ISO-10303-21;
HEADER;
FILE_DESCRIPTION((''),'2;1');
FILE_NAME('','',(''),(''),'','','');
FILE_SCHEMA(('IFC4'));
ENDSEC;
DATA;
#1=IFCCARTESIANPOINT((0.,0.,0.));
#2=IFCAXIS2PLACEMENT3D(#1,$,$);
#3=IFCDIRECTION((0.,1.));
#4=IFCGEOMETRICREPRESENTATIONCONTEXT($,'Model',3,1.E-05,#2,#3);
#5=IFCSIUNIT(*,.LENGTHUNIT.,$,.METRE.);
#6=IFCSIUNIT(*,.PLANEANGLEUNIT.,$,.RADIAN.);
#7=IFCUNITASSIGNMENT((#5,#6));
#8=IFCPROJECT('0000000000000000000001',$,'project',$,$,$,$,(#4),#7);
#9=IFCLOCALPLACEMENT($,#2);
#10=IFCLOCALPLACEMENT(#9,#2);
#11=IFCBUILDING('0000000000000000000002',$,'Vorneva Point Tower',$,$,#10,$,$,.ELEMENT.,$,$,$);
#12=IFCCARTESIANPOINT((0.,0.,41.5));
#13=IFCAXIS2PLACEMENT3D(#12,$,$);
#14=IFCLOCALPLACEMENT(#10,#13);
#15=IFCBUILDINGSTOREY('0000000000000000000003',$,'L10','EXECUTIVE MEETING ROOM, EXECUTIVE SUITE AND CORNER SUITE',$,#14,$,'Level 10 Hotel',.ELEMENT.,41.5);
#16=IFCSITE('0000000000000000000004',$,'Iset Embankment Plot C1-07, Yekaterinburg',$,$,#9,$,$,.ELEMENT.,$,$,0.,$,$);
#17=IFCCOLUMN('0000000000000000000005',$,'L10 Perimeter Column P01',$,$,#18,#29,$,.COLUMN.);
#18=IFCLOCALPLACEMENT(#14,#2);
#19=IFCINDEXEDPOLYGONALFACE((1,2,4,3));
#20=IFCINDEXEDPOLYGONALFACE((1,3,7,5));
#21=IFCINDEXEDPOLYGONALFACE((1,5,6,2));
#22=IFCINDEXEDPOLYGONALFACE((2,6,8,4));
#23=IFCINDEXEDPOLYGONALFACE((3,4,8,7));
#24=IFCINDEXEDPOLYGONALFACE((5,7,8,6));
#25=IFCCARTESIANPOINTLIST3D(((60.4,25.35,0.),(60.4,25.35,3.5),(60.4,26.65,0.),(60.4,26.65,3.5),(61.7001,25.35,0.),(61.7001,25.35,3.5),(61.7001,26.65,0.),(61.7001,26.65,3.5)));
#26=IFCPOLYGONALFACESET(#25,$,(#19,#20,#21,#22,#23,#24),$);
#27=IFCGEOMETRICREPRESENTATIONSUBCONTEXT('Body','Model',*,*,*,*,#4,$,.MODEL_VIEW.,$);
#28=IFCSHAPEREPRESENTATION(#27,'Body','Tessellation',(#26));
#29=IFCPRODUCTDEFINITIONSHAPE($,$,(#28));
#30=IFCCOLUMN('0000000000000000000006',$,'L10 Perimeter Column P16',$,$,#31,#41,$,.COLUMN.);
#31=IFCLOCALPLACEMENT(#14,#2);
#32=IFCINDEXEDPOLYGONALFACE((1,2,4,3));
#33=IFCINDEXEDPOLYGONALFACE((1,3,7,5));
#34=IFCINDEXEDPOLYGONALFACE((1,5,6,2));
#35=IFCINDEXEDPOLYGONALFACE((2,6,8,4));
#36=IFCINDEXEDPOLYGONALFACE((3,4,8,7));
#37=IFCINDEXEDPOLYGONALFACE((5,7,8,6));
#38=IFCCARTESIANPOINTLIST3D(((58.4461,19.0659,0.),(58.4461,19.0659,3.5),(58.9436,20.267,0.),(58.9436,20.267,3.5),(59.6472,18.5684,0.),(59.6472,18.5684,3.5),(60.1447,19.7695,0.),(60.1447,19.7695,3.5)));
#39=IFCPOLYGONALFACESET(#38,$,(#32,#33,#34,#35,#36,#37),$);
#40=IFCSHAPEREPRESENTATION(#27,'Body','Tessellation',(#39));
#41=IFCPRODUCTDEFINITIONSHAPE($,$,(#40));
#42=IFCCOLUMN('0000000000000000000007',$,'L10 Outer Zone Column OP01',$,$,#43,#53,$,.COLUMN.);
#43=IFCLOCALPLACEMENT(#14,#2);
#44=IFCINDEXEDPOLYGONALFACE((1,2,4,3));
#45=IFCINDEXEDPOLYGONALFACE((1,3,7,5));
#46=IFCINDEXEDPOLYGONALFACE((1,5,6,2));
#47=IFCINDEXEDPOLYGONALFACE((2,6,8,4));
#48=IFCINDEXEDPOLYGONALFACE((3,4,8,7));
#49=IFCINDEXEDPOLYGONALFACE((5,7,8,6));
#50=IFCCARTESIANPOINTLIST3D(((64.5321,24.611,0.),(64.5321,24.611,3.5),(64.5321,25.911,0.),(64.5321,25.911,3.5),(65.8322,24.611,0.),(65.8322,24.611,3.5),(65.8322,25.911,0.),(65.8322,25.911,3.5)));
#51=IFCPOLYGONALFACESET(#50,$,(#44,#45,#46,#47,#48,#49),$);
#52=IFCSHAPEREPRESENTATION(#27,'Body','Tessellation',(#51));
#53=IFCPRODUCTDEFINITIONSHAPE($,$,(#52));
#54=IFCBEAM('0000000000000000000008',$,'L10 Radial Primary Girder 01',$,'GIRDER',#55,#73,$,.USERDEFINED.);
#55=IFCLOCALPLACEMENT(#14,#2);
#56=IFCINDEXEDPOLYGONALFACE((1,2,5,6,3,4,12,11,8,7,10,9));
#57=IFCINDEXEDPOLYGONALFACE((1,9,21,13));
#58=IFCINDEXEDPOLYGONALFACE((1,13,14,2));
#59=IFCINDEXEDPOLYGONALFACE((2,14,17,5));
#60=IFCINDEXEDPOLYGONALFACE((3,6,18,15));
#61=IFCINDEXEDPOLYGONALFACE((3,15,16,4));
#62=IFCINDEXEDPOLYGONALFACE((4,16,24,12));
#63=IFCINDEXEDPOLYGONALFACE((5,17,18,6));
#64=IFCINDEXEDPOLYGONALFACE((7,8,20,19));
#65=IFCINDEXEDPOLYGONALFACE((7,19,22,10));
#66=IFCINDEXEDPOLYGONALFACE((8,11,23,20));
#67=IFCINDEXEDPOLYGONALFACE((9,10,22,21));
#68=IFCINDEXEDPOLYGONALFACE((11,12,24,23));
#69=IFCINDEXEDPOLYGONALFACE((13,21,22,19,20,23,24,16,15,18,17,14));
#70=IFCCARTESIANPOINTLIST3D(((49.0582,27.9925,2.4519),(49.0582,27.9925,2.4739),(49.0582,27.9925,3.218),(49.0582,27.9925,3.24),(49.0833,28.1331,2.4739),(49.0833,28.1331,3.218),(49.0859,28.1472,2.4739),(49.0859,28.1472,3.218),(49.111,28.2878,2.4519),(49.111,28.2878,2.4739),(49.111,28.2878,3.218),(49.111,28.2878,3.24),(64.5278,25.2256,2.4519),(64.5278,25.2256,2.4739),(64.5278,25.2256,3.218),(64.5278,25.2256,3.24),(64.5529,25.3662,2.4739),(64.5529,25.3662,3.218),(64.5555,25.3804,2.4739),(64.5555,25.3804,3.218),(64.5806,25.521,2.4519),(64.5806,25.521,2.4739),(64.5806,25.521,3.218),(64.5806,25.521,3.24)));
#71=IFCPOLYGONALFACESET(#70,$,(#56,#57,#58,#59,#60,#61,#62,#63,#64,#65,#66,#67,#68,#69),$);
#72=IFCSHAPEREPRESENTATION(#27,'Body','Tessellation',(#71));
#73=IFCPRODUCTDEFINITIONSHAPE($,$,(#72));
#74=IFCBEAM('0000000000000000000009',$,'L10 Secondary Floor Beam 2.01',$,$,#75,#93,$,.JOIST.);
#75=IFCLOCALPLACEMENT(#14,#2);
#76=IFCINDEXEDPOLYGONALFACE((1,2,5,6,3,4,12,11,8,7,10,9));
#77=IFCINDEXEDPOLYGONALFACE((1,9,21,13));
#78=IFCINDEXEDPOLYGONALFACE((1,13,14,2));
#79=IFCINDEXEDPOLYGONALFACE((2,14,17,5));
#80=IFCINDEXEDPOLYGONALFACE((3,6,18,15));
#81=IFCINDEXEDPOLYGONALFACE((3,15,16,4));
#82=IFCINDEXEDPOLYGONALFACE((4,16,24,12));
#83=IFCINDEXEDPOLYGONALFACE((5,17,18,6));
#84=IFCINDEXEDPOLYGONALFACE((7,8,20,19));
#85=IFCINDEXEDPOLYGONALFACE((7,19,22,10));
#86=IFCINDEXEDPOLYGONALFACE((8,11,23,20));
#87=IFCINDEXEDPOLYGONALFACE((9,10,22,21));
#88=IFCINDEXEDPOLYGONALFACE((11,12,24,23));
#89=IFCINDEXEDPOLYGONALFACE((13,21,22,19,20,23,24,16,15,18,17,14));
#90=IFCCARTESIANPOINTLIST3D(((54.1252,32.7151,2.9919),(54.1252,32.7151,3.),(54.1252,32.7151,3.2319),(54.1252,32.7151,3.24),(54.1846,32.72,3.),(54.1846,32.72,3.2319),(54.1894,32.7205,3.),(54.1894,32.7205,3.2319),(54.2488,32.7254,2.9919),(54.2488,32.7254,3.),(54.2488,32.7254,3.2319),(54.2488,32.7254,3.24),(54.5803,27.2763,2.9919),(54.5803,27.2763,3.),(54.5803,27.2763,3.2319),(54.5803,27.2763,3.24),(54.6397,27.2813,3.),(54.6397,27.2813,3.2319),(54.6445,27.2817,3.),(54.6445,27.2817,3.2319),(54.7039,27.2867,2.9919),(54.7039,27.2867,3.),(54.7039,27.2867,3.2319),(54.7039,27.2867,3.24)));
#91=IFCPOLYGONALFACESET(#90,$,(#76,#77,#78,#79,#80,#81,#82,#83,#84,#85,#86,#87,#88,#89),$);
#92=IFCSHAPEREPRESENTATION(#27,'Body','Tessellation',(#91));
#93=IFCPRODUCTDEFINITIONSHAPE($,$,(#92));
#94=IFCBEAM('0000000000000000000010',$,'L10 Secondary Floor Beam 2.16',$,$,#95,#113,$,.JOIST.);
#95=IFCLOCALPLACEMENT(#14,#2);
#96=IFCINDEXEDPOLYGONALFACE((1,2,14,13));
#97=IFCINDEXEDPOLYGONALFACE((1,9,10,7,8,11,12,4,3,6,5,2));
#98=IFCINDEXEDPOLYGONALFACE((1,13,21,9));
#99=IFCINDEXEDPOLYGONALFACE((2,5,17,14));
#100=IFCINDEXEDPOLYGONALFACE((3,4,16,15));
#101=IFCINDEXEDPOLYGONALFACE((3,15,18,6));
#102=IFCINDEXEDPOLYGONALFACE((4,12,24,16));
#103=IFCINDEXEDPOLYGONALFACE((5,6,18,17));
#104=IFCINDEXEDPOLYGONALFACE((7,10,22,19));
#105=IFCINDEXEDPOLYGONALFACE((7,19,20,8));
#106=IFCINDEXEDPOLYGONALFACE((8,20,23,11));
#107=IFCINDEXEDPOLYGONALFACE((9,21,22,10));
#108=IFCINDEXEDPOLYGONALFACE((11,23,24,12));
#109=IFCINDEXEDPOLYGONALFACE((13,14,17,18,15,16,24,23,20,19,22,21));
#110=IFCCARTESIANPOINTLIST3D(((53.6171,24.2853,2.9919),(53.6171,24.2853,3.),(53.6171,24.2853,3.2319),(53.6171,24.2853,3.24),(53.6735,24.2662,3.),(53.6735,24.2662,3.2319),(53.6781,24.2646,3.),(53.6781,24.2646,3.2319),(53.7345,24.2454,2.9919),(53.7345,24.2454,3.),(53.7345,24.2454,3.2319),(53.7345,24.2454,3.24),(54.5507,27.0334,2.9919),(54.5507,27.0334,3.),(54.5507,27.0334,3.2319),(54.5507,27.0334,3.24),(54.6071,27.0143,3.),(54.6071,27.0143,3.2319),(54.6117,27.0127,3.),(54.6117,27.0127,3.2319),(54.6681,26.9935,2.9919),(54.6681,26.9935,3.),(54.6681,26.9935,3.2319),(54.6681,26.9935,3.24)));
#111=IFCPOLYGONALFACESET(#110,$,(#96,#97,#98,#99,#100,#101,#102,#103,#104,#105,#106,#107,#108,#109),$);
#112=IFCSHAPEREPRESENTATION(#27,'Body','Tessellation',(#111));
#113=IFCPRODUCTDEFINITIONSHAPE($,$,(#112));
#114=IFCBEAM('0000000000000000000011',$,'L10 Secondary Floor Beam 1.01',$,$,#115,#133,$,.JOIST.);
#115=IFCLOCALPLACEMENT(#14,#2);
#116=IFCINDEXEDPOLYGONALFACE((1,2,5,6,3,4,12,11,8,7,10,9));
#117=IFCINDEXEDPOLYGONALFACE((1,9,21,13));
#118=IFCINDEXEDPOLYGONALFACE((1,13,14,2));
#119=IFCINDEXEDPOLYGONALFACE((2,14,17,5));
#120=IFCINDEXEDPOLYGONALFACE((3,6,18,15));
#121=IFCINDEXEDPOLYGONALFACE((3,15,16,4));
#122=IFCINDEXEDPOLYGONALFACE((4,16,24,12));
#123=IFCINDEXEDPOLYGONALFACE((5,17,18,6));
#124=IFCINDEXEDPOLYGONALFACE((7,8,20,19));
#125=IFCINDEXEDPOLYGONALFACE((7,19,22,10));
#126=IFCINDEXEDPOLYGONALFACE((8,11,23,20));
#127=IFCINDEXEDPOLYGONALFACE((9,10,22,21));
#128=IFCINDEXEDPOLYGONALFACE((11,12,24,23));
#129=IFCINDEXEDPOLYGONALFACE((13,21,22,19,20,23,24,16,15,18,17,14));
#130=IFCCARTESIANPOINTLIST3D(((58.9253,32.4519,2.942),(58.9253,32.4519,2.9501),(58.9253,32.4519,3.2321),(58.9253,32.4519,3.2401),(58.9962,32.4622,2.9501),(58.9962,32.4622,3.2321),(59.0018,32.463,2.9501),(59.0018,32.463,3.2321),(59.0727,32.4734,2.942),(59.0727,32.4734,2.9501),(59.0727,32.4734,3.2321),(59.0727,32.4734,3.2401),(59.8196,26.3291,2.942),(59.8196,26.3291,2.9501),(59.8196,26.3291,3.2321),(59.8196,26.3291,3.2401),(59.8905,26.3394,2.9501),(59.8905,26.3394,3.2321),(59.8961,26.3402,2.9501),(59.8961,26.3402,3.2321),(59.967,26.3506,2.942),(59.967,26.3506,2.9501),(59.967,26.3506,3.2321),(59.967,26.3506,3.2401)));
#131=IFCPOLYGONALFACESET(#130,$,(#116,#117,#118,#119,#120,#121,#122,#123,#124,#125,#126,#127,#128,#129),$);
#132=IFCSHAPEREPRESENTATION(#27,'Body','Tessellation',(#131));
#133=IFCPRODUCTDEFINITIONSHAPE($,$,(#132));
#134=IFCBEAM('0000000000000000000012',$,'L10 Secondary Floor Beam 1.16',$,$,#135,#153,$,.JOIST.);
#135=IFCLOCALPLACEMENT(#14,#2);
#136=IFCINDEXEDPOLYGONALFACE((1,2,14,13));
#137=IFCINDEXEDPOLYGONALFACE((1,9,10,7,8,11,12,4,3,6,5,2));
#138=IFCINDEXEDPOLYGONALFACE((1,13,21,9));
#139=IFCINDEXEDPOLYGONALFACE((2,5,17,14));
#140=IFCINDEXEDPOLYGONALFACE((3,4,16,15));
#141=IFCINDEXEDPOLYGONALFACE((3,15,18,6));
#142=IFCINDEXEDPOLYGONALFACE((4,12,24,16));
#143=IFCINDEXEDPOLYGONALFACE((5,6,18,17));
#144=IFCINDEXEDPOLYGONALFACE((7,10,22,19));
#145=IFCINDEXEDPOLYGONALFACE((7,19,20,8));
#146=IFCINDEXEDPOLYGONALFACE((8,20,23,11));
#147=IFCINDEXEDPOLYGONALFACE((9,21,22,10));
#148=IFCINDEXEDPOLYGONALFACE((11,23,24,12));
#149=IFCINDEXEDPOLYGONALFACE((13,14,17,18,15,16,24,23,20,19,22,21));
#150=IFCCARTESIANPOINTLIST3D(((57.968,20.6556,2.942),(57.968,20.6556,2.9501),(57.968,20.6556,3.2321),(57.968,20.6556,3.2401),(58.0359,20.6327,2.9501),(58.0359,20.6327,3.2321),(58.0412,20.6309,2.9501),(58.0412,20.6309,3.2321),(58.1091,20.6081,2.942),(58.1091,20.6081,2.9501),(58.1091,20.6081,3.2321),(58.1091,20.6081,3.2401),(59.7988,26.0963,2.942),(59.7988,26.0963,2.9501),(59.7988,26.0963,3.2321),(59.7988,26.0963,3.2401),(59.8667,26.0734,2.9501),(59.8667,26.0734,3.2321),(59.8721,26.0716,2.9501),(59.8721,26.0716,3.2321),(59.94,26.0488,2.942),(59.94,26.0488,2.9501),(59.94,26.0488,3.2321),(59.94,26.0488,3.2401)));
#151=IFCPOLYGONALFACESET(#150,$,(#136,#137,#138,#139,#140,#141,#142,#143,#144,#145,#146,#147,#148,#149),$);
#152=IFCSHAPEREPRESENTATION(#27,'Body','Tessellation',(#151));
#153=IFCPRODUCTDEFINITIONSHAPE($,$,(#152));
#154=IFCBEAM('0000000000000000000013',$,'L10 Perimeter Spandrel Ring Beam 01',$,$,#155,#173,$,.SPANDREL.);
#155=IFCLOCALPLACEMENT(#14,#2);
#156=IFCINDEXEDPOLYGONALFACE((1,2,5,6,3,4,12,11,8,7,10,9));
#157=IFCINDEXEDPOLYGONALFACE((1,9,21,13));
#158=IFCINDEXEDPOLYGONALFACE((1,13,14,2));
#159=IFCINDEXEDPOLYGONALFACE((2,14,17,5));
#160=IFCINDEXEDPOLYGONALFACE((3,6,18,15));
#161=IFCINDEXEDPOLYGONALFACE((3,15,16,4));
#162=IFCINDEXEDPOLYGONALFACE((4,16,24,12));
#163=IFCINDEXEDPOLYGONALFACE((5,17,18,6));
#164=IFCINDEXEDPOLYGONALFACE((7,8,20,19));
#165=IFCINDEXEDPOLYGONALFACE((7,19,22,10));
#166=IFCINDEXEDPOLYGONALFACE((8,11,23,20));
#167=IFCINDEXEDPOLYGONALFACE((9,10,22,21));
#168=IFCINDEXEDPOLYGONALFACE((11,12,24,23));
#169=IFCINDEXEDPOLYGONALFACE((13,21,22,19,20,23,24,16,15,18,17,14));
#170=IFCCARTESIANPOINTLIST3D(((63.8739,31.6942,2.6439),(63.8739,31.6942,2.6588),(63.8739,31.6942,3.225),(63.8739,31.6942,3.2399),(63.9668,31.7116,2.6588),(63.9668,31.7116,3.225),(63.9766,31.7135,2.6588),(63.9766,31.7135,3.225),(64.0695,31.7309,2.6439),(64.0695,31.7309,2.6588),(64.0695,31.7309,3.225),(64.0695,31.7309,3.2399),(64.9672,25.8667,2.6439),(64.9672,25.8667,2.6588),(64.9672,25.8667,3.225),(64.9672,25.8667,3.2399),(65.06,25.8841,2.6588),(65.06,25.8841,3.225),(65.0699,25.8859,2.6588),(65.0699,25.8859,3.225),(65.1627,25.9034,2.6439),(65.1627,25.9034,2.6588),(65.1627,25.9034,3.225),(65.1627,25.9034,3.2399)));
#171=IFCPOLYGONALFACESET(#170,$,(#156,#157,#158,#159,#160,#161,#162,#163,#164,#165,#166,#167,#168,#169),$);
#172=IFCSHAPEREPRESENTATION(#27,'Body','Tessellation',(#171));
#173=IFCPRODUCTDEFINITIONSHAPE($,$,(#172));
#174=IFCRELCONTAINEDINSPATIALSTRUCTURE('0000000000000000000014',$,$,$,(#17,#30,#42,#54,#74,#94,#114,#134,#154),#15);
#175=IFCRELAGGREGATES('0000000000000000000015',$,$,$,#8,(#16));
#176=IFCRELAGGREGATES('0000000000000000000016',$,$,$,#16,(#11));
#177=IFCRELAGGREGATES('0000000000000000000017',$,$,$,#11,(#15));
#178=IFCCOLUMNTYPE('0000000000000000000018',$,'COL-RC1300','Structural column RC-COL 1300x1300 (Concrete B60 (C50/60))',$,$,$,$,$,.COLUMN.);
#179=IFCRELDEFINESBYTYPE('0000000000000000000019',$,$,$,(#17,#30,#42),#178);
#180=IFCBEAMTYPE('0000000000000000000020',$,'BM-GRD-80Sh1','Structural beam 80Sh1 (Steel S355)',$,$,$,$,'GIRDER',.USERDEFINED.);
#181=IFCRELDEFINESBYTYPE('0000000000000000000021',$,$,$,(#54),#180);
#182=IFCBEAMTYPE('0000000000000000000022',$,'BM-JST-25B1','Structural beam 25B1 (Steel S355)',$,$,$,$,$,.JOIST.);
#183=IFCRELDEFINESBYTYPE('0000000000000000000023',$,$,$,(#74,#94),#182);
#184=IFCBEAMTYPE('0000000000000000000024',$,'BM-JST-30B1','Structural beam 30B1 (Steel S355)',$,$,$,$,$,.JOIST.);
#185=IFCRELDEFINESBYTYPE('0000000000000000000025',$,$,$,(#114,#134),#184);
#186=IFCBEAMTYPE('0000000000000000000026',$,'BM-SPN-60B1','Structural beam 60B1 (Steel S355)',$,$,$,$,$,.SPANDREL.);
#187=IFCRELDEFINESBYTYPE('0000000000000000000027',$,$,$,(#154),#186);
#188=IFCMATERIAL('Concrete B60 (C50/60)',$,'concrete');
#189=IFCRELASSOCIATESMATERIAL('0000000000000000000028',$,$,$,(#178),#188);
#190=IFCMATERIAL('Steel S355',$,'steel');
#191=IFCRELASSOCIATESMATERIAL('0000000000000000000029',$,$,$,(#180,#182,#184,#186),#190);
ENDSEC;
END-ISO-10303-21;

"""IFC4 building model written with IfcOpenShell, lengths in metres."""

from ifc_helpers import new_model, si_unit, direction, frame, origin, origin_2d, place, context, subcontext, project, spatial, rectangle, i_section, extrude, material, material_profile, profile_set, type_object, element, save


model = new_model("IFC4")

# Units and contexts
model_context = context("Model", 3, precision=1e-05, world=origin(), true_north=direction((0.0, 1.0)))
body_context = subcontext(model_context, "Body", "Model", "MODEL_VIEW")
ifc_project = project(units=[si_unit("LENGTHUNIT", "METRE"), si_unit("PLANEANGLEUNIT", "RADIAN")], contexts=[model_context])

# Site, building, storey
site_placement = place(None, origin())
site = spatial("IfcSite", under=ifc_project, at=site_placement, Name="Iset Embankment Plot C1-07, Yekaterinburg", CompositionType="ELEMENT", RefElevation=0.0)
building_placement = place(site_placement, origin())
building = spatial("IfcBuilding", under=site, at=building_placement, Name="Vorneva Point Tower", CompositionType="ELEMENT")
storey_placement = place(building_placement, frame((0.0, 0.0, 41.5)))
storey = spatial("IfcBuildingStorey", under=building, at=storey_placement, Name="L10", Description="EXECUTIVE MEETING ROOM, EXECUTIVE SUITE AND CORNER SUITE", LongName="Level 10 Hotel", CompositionType="ELEMENT", Elevation=41.5)

# Columns
ifc_material_1 = material(Name="Concrete B60 (C50/60)", Category="concrete")
ifc_material_profile_1 = material_profile(ifc_material_1, rectangle(XDim=1.3, YDim=1.3, at=origin_2d()), Name="RC-COL 1300x1300")
ifc_profile_set_1 = profile_set([ifc_material_profile_1], Name="Concrete B60 (C50/60)")
column_type = type_object("IfcColumnType", Name="COL-RC1300", Description="Structural column RC-COL 1300x1300 (Concrete B60 (C50/60))", PredefinedType="COLUMN", material=ifc_profile_set_1)
for number, where, z_axis, x_axis, name in (
    (1, (61.05, 26.0, 0.0), (0.0, 0.0, 1.0), (1.0, 0.0, 0.0), "L10 Perimeter Column P01"),
    (2, (59.2954, 19.4177, 0.0), (0.0, 0.0, 1.0), (0.92388, -0.382683, 0.0), "L10 Perimeter Column P16"),
    (3, (65.1821, 25.261, 0.0), (0.0, 0.0, 1.0), (1.0, 0.0, 0.0), "L10 Outer Zone Column OP01"),
):
    element("IfcColumn", number, at=place(storey_placement, frame(where, z_axis=z_axis, x_axis=x_axis)), inside=storey, type_object=column_type, Name=name, PredefinedType="COLUMN", context=body_context, shape_type="SweptSolid", body=[
        extrude(rectangle(XDim=1.3, YDim=1.3, at=origin_2d()), origin(), (0.0, 0.0, 1.0), 3.5),
    ])

# Beams
ifc_material_2 = material(Name="Steel S355", Category="steel")
ifc_material_profile_2 = material_profile(ifc_material_2, i_section(OverallWidth=0.3, OverallDepth=0.7881, WebThickness=0.0144, FlangeThickness=0.022, at=origin_2d()), Name="80Sh1")
ifc_profile_set_2 = profile_set([ifc_material_profile_2], Name="Steel S355")
beam_type_1 = type_object("IfcBeamType", Name="BM-GRD-80Sh1", Description="Structural beam 80Sh1 (Steel S355)", ElementType="GIRDER", PredefinedType="USERDEFINED", material=ifc_profile_set_2)
beam_1_placement = place(storey_placement, frame((64.5542, 25.3733, 2.8459), z_axis=(-0.984379, 0.176064, 0.0), x_axis=(-0.176064, -0.984379, 0.0)))
element("IfcBeam", 4, at=beam_1_placement, inside=storey, type_object=beam_type_1, Name="L10 Radial Primary Girder 01", ObjectType="GIRDER", PredefinedType="USERDEFINED", context=body_context, shape_type="SweptSolid", body=[
    extrude(i_section(OverallWidth=0.3, OverallDepth=0.7881, WebThickness=0.0144, FlangeThickness=0.022, at=origin_2d()), origin(), (0.0, 0.0, 1.0), 15.7151),
])
ifc_material_profile_3 = material_profile(ifc_material_2, i_section(OverallWidth=0.124, OverallDepth=0.248, WebThickness=0.0049, FlangeThickness=0.0081, at=origin_2d()), Name="25B1")
ifc_profile_set_3 = profile_set([ifc_material_profile_3], Name="Steel S355")
beam_type_2 = type_object("IfcBeamType", Name="BM-JST-25B1", Description="Structural beam 25B1 (Steel S355)", PredefinedType="JOIST", material=ifc_profile_set_3)
beam_2_placement = place(storey_placement, frame((54.6421, 27.2815, 3.116), z_axis=(-0.083382, 0.996518, 0.0), x_axis=(-0.996518, -0.083382, 0.0)))
element("IfcBeam", 5, at=beam_2_placement, inside=storey, type_object=beam_type_2, Name="L10 Secondary Floor Beam 2.01", PredefinedType="JOIST", context=body_context, shape_type="SweptSolid", body=[
    extrude(i_section(OverallWidth=0.124, OverallDepth=0.248, WebThickness=0.0049, FlangeThickness=0.0081, at=origin_2d()), origin(), (0.0, 0.0, 1.0), 5.4578),
])
beam_3_placement = place(storey_placement, frame((53.6758, 24.2654, 3.116), z_axis=(0.321673, 0.946851, 0.0), x_axis=(-0.946851, 0.321673, 0.0)))
element("IfcBeam", 6, at=beam_3_placement, inside=storey, type_object=beam_type_2, Name="L10 Secondary Floor Beam 2.16", PredefinedType="JOIST", context=body_context, shape_type="SweptSolid", body=[
    extrude(i_section(OverallWidth=0.124, OverallDepth=0.248, WebThickness=0.0049, FlangeThickness=0.0081, at=origin_2d()), origin(), (0.0, 0.0, 1.0), 2.9023),
])
ifc_material_profile_4 = material_profile(ifc_material_2, i_section(OverallWidth=0.1489, OverallDepth=0.2981, WebThickness=0.0056, FlangeThickness=0.0081, at=origin_2d()), Name="30B1")
ifc_profile_set_4 = profile_set([ifc_material_profile_4], Name="Steel S355")
beam_type_3 = type_object("IfcBeamType", Name="BM-JST-30B1", Description="Structural beam 30B1 (Steel S355)", PredefinedType="JOIST", material=ifc_profile_set_4)
beam_4_placement = place(storey_placement, frame((59.8933, 26.3398, 3.0911), z_axis=(-0.144525, 0.989501, 0.0), x_axis=(-0.989501, -0.144525, 0.0)))
element("IfcBeam", 7, at=beam_4_placement, inside=storey, type_object=beam_type_3, Name="L10 Secondary Floor Beam 1.01", PredefinedType="JOIST", context=body_context, shape_type="SweptSolid", body=[
    extrude(i_section(OverallWidth=0.1489, OverallDepth=0.2981, WebThickness=0.0056, FlangeThickness=0.0081, at=origin_2d()), origin(), (0.0, 0.0, 1.0), 6.1877),
])
beam_5_placement = place(storey_placement, frame((58.0386, 20.6318, 3.0911), z_axis=(0.318931, 0.947778, 0.0), x_axis=(-0.947778, 0.318931, 0.0)))
element("IfcBeam", 8, at=beam_5_placement, inside=storey, type_object=beam_type_3, Name="L10 Secondary Floor Beam 1.16", PredefinedType="JOIST", context=body_context, shape_type="SweptSolid", body=[
    extrude(i_section(OverallWidth=0.1489, OverallDepth=0.2981, WebThickness=0.0056, FlangeThickness=0.0081, at=origin_2d()), origin(), (0.0, 0.0, 1.0), 5.7405),
])
ifc_material_profile_5 = material_profile(ifc_material_2, i_section(OverallWidth=0.199, OverallDepth=0.5959, WebThickness=0.01, FlangeThickness=0.0149, at=origin_2d()), Name="60B1")
ifc_profile_set_5 = profile_set([ifc_material_profile_5], Name="Steel S355")
beam_type_4 = type_object("IfcBeamType", Name="BM-SPN-60B1", Description="Structural beam 60B1 (Steel S355)", PredefinedType="SPANDREL", material=ifc_profile_set_5)
beam_6_placement = place(storey_placement, frame((65.0649, 25.885, 2.9419), z_axis=(-0.184383, 0.982854, 0.0), x_axis=(-0.982854, -0.184383, 0.0)))
element("IfcBeam", 9, at=beam_6_placement, inside=storey, type_object=beam_type_4, Name="L10 Perimeter Spandrel Ring Beam 01", PredefinedType="SPANDREL", context=body_context, shape_type="SweptSolid", body=[
    extrude(i_section(OverallWidth=0.199, OverallDepth=0.5959, WebThickness=0.01, FlangeThickness=0.0149, at=origin_2d()), origin(), (0.0, 0.0, 1.0), 5.9292),
])

save(model, "model.ifc")
